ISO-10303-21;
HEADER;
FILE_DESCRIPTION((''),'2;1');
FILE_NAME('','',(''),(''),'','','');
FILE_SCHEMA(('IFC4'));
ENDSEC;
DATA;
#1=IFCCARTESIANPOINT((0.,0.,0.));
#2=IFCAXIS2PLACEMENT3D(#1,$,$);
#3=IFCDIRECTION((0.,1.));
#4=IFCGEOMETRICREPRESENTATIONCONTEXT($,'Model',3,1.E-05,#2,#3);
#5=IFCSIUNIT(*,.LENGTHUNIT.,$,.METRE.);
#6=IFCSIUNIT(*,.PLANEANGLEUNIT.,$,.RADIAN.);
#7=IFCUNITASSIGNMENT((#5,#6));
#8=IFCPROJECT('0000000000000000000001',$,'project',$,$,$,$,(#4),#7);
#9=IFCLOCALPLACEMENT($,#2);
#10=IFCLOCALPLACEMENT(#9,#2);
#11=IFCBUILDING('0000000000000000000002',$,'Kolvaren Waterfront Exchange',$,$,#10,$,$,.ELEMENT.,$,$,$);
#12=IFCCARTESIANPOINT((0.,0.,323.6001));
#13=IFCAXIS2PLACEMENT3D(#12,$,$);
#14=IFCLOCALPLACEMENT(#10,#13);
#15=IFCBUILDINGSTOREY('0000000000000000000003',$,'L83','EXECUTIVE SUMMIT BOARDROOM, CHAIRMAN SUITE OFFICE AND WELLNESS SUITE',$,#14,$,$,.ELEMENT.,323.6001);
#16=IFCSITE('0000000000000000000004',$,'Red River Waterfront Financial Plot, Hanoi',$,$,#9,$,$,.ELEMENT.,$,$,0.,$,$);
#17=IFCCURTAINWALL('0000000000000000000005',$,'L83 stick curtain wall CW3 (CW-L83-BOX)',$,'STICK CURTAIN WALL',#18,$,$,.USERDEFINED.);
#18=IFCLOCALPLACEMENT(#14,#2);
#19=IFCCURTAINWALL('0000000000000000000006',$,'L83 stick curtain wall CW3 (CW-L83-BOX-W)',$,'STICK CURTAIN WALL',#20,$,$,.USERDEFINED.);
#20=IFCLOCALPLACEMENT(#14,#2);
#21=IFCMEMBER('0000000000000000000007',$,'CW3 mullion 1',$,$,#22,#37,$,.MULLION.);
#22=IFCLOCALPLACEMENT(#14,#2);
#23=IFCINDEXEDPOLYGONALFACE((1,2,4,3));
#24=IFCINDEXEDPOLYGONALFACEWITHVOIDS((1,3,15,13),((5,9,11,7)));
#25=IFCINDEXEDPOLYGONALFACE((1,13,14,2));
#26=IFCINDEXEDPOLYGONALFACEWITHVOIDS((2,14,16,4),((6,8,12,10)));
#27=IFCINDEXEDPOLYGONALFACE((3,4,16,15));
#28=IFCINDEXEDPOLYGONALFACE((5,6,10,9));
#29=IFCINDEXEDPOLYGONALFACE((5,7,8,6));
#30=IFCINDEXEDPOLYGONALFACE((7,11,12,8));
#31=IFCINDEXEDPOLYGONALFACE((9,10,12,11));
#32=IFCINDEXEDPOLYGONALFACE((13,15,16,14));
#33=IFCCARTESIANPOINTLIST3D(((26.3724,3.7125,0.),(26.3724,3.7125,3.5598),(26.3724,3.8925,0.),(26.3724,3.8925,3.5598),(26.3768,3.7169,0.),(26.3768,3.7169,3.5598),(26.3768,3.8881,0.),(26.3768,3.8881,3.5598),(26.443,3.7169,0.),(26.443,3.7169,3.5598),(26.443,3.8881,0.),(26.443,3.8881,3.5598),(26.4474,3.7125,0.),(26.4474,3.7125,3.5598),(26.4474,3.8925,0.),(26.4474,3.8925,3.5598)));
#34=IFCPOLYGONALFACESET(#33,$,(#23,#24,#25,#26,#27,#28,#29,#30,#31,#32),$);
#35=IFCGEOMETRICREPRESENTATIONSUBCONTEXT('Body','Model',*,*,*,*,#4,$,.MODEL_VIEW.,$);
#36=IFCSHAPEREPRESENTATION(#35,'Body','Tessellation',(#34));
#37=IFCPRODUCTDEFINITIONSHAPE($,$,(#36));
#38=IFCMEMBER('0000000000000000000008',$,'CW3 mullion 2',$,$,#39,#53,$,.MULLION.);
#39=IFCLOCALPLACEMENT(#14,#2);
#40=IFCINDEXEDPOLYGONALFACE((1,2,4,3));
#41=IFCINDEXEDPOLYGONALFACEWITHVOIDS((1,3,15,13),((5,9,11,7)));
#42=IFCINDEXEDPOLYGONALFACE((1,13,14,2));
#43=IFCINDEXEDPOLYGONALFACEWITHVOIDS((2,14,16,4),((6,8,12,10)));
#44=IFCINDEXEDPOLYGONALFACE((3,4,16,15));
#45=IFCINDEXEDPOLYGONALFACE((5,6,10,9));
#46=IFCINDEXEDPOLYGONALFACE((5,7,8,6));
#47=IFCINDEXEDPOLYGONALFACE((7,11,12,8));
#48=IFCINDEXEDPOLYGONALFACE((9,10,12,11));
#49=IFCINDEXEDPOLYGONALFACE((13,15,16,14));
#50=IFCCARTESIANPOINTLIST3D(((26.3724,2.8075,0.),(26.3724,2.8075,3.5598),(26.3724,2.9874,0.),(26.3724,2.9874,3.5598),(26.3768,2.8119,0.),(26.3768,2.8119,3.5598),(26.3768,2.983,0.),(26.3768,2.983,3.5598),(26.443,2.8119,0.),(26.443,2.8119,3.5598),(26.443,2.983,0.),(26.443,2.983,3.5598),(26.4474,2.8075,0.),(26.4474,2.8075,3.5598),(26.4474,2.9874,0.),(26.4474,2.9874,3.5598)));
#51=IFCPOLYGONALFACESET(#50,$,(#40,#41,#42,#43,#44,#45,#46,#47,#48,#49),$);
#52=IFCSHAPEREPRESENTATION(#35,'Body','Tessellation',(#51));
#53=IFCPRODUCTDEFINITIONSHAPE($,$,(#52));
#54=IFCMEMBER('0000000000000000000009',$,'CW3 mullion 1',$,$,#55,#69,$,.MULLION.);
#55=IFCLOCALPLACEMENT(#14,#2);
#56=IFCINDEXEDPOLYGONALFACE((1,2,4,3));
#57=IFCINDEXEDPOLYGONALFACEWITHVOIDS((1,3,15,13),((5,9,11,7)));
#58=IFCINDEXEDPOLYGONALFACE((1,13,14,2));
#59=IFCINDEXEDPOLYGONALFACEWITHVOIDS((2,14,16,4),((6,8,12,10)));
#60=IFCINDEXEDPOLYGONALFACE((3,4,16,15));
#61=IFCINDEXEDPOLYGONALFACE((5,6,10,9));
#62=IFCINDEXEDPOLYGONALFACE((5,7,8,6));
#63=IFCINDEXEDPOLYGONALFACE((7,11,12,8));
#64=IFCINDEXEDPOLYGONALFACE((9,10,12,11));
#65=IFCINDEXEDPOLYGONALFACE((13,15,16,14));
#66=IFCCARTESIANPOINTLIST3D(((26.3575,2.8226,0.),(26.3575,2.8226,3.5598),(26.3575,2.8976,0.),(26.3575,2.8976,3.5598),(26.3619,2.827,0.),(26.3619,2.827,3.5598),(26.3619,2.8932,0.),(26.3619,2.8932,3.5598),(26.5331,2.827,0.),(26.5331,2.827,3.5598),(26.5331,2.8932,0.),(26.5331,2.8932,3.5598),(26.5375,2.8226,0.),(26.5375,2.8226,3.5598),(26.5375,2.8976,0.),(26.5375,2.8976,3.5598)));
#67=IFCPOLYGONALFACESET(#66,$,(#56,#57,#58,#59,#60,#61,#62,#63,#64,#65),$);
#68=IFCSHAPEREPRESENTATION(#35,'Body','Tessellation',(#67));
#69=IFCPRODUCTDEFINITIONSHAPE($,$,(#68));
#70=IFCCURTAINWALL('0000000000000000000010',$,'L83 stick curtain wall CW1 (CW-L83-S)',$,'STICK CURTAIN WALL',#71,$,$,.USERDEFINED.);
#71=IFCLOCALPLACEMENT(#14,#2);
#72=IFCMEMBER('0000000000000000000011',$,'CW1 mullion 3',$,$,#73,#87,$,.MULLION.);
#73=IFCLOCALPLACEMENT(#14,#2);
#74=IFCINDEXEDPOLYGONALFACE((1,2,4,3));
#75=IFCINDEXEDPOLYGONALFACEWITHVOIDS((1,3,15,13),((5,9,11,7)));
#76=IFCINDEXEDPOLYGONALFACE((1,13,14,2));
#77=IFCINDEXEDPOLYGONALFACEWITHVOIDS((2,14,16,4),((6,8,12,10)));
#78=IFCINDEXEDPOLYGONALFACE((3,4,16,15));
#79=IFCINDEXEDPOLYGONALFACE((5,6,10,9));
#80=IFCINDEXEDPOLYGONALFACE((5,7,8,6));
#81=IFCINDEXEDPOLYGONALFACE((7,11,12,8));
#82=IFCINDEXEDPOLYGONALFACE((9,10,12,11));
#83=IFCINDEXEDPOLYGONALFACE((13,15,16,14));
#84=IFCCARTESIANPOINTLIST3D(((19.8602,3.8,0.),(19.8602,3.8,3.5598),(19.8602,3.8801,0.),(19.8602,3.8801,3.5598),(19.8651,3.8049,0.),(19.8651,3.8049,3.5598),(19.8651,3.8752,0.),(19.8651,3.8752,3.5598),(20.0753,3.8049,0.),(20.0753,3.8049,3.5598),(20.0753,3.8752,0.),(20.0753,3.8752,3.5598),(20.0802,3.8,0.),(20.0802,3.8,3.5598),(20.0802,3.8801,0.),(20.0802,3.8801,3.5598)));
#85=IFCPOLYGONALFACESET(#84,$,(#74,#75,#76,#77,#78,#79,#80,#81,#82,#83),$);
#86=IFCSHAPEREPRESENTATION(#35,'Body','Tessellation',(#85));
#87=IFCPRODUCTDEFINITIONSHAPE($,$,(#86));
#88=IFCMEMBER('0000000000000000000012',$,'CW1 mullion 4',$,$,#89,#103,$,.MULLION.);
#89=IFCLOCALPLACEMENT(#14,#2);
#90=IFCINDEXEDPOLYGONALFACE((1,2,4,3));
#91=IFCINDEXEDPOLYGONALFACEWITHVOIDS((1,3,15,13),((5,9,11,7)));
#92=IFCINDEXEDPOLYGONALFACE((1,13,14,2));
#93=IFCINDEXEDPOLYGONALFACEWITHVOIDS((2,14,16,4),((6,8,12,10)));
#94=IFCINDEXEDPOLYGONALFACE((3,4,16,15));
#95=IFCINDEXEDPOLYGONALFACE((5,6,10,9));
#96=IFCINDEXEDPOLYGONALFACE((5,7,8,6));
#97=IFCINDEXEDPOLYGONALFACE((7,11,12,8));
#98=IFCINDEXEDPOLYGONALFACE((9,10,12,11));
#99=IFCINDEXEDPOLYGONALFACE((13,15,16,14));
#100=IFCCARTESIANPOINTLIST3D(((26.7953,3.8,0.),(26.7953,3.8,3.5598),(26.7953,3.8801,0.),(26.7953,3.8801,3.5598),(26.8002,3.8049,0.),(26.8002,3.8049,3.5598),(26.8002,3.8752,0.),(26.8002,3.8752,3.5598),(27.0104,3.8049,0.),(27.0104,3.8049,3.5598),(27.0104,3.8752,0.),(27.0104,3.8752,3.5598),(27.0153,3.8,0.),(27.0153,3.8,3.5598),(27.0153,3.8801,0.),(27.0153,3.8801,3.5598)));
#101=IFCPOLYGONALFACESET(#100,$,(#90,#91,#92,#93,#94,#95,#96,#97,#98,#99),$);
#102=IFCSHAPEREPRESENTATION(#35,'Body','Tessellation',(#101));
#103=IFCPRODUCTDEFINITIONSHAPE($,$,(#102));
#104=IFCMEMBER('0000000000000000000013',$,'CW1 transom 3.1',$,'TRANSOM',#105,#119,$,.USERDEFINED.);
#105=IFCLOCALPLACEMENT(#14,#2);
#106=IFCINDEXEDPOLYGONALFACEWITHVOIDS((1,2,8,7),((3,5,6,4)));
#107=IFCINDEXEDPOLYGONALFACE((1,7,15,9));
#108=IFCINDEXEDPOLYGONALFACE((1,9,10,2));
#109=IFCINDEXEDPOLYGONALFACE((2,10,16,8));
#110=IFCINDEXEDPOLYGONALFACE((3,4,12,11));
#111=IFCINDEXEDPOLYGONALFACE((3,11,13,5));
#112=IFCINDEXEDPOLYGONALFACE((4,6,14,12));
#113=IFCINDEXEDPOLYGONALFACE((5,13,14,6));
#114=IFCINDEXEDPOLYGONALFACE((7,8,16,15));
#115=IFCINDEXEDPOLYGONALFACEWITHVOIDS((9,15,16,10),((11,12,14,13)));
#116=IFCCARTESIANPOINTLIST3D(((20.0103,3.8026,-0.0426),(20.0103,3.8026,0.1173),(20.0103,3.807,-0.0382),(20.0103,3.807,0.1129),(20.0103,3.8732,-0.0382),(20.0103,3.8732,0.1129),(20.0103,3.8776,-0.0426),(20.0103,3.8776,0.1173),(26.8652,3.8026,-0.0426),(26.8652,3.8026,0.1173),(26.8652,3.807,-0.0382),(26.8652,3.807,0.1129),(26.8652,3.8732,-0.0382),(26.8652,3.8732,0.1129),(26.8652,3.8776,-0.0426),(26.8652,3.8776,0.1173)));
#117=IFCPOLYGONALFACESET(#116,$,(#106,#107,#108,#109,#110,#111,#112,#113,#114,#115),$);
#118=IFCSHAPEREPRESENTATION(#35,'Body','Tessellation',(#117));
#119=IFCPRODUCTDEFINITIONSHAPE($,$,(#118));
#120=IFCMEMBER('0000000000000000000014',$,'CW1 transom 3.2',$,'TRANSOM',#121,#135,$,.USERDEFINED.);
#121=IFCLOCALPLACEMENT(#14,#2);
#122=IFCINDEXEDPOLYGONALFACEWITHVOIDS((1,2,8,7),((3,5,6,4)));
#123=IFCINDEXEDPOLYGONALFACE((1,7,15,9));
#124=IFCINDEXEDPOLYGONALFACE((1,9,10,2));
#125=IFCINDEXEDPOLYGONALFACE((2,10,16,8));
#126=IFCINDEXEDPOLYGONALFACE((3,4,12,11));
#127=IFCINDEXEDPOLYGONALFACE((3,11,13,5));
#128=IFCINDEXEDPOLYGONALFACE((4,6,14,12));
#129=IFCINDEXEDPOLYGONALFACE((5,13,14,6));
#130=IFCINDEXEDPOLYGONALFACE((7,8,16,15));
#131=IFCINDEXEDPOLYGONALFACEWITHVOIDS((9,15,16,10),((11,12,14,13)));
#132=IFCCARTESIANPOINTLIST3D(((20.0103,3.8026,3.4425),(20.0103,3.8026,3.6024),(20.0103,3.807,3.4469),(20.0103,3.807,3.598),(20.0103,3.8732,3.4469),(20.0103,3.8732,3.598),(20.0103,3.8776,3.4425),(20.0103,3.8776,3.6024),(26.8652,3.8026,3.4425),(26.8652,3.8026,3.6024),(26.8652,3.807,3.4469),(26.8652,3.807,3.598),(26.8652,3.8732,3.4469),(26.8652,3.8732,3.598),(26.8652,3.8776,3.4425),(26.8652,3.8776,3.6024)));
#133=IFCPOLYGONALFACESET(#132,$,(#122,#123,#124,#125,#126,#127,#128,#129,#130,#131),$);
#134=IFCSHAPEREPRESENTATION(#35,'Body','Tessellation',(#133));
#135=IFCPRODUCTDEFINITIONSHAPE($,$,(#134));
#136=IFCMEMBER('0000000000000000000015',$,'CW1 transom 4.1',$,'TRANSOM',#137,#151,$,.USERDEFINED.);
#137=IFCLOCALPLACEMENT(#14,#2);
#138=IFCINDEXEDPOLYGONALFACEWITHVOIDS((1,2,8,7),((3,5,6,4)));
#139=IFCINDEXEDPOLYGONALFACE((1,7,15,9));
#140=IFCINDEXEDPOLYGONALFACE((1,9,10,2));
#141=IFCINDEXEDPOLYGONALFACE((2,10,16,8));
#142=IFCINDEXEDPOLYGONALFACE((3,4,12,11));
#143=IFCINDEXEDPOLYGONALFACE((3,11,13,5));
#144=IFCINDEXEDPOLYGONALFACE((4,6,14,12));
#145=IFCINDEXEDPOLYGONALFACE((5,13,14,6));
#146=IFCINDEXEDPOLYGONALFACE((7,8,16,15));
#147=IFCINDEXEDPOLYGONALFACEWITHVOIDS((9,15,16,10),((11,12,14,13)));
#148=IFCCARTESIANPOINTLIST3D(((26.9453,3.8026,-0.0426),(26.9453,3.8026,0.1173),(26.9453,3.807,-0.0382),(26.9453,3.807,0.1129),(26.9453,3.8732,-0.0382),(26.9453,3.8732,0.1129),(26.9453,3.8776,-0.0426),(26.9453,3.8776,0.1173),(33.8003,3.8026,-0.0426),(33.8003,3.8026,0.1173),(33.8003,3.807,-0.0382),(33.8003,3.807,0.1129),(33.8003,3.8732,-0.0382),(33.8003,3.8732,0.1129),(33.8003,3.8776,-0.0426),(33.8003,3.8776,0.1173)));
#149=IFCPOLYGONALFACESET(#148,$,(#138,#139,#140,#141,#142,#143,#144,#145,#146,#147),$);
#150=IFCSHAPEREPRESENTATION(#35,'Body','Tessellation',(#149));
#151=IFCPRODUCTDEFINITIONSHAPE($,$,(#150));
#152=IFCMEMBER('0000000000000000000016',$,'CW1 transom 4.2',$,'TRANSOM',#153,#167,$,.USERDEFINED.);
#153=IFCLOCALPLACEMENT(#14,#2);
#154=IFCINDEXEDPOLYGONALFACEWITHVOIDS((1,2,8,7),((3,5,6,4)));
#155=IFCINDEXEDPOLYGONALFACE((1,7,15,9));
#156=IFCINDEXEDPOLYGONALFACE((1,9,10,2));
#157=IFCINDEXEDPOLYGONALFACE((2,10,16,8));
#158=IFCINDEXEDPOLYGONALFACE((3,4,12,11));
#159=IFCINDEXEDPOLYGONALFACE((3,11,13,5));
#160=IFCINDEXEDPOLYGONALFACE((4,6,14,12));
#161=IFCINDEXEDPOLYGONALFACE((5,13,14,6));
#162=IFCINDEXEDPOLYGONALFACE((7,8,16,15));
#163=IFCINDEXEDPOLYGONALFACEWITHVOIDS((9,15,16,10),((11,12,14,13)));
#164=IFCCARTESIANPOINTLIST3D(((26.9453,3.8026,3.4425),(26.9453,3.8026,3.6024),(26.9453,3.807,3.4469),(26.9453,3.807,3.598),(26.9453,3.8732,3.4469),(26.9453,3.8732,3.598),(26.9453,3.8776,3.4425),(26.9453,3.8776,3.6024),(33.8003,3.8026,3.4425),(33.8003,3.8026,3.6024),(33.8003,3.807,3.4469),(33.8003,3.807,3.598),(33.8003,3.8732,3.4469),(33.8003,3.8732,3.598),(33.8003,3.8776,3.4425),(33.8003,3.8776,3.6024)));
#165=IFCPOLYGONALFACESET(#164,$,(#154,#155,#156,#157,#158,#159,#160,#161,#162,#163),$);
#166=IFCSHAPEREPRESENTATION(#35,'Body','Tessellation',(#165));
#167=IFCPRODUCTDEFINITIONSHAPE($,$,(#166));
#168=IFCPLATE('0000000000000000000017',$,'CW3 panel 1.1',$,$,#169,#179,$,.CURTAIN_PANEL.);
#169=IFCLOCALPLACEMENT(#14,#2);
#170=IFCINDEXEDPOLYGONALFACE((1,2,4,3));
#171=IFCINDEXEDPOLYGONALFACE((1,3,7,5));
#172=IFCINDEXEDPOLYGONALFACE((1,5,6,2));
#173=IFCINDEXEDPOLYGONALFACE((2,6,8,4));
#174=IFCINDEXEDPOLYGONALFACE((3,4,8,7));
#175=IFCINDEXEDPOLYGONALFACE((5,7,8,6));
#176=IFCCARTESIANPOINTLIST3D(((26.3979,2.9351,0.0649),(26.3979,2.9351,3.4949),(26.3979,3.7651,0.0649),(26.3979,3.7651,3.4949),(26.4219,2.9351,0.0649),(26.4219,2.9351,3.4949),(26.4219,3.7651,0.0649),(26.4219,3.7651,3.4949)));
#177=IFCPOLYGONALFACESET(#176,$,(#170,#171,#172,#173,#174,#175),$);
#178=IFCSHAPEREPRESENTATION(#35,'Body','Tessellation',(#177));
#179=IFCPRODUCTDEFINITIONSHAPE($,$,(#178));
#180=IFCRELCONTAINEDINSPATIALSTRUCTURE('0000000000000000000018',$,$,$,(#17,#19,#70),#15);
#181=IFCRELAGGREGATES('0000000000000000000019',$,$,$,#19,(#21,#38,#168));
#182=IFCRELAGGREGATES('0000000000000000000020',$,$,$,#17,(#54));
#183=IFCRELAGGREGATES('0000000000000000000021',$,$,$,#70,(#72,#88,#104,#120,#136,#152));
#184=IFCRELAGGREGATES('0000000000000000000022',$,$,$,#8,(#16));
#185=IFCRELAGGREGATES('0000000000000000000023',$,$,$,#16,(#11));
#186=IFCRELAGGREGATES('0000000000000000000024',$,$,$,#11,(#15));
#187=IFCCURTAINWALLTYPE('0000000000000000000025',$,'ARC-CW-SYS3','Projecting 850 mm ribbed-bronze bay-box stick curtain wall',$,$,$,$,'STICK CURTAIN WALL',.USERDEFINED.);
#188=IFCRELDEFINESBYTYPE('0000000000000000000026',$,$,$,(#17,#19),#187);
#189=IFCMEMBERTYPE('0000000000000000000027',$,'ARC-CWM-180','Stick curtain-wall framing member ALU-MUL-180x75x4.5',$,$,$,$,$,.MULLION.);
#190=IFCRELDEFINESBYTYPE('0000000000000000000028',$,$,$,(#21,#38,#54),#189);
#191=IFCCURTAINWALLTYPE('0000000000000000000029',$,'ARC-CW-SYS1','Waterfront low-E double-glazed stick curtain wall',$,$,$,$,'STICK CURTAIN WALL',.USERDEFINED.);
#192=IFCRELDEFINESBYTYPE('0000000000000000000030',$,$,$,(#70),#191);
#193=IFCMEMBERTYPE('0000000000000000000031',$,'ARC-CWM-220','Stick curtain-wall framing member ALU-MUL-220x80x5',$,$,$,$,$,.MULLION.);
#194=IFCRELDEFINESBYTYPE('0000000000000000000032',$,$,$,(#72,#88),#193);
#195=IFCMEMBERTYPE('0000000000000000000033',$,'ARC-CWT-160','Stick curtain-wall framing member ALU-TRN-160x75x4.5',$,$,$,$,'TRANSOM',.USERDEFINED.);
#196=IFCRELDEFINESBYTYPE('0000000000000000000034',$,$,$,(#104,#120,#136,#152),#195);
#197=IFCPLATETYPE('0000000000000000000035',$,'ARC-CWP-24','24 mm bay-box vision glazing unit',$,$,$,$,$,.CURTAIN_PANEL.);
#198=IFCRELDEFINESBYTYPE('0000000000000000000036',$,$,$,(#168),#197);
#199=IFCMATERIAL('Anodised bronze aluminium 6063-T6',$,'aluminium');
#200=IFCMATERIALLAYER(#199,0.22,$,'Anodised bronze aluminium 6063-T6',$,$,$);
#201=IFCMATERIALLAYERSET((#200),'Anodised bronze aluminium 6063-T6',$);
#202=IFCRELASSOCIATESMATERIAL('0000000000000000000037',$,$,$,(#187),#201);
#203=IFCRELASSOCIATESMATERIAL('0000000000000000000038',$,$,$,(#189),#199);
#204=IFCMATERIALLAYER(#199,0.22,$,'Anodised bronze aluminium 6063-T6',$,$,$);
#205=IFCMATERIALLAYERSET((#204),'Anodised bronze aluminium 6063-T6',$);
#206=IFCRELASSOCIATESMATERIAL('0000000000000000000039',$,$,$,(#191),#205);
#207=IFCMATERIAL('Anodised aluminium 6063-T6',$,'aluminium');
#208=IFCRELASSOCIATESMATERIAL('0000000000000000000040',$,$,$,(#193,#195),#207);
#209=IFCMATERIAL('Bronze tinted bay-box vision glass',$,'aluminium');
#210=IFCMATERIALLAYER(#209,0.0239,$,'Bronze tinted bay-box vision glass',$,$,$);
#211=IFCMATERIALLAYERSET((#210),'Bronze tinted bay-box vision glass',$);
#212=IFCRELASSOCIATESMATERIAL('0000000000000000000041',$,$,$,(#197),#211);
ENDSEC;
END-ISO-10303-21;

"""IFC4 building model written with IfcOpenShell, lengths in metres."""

from ifc_helpers import new_model, si_unit, direction, frame, origin, origin_with_axes, origin_2d, place, context, subcontext, project, spatial, rectangle, hollow_rectangle, extrude, source, transform, mapped, material, layer, layer_set, material_profile, profile_set, type_object, element, aggregate, save


model = new_model("IFC4")

# Units and contexts
model_context = context("Model", 3, precision=1e-05, world=origin(), true_north=direction((0.0, 1.0)))
body_context = subcontext(model_context, "Body", "Model", "MODEL_VIEW")
ifc_project = project(units=[si_unit("LENGTHUNIT", "METRE"), si_unit("PLANEANGLEUNIT", "RADIAN")], contexts=[model_context])

# Site, building, storey
site_placement = place(None, origin())
site = spatial("IfcSite", under=ifc_project, at=site_placement, Name="Red River Waterfront Financial Plot, Hanoi", CompositionType="ELEMENT", RefElevation=0.0)
building_placement = place(site_placement, origin())
building = spatial("IfcBuilding", under=site, at=building_placement, Name="Kolvaren Waterfront Exchange", CompositionType="ELEMENT")
storey_placement = place(building_placement, frame((0.0, 0.0, 323.6001)))
storey = spatial("IfcBuildingStorey", under=building, at=storey_placement, Name="L83", Description="EXECUTIVE SUMMIT BOARDROOM, CHAIRMAN SUITE OFFICE AND WELLNESS SUITE", CompositionType="ELEMENT", Elevation=323.6001)

# Curtain walls, members
ifc_material_1 = material(Name="Anodised bronze aluminium 6063-T6", Category="aluminium")
ifc_layer_1 = layer(ifc_material_1, 0.22, Name="Anodised bronze aluminium 6063-T6")
ifc_layer_set_1 = layer_set([ifc_layer_1], Name="Anodised bronze aluminium 6063-T6")
curtain_wall_type_1 = type_object("IfcCurtainWallType", Name="ARC-CW-SYS3", Description="Projecting 850 mm ribbed-bronze bay-box stick curtain wall", ElementType="STICK CURTAIN WALL", PredefinedType="USERDEFINED", material=ifc_layer_set_1)
curtain_wall_1_placement = place(storey_placement, origin())
curtain_wall_1 = element("IfcCurtainWall", 1, at=curtain_wall_1_placement, inside=storey, type_object=curtain_wall_type_1, Name="L83 stick curtain wall CW3 (CW-L83-BOX)", ObjectType="STICK CURTAIN WALL", PredefinedType="USERDEFINED")
curtain_wall_2_placement = place(storey_placement, origin())
curtain_wall_2 = element("IfcCurtainWall", 2, at=curtain_wall_2_placement, inside=storey, type_object=curtain_wall_type_1, Name="L83 stick curtain wall CW3 (CW-L83-BOX-W)", ObjectType="STICK CURTAIN WALL", PredefinedType="USERDEFINED")
ifc_material_profile_1 = material_profile(ifc_material_1, hollow_rectangle(XDim=0.075, YDim=0.1799, WallThickness=0.0044, at=origin_2d()), Name="ALU-MUL-180x75x4.5")
ifc_profile_set_1 = profile_set([ifc_material_profile_1], Name="Anodised bronze aluminium 6063-T6")
member_type_1 = type_object("IfcMemberType", Name="ARC-CWM-180", Description="Stick curtain-wall framing member ALU-MUL-180x75x4.5", PredefinedType="MULLION", material=ifc_profile_set_1)
shared_shape_1 = source(origin_with_axes(), body_context, "Body", "SweptSolid", [
    extrude(hollow_rectangle(XDim=0.075, YDim=0.1799, WallThickness=0.0044, at=origin_2d()), origin(), (0.0, 0.0, 1.0), 3.5598),
])
member_1_placement = place(storey_placement, frame((26.4099, 3.8025, 0.0), z_axis=(0.0, 0.0, 1.0), x_axis=(1.0, 0.0, 0.0)))
member_1 = element("IfcMember", 3, at=member_1_placement, type_object=member_type_1, Name="CW3 mullion 1", PredefinedType="MULLION", context=body_context, shape_type="MappedRepresentation", body=[
    mapped(shared_shape_1, transform((0.0, 0.0, 0.0), x_axis=(1.0, 0.0, 0.0), y_axis=(0.0, 1.0, 0.0), z_axis=(0.0, 0.0, 1.0), scale=1.0)),
])
member_2_placement = place(storey_placement, frame((26.4099, 2.8975, 0.0), z_axis=(0.0, 0.0, 1.0), x_axis=(1.0, 0.0, 0.0)))
member_2 = element("IfcMember", 4, at=member_2_placement, type_object=member_type_1, Name="CW3 mullion 2", PredefinedType="MULLION", context=body_context, shape_type="MappedRepresentation", body=[
    mapped(shared_shape_1, transform((0.0, 0.0, 0.0), x_axis=(1.0, 0.0, 0.0), y_axis=(0.0, 1.0, 0.0), z_axis=(0.0, 0.0, 1.0), scale=1.0)),
])

# Member
member_3_placement = place(storey_placement, frame((26.4475, 2.8601, 0.0), z_axis=(0.0, 0.0, 1.0), x_axis=(0.0, 1.0, 0.0)))
member_3 = element("IfcMember", 5, at=member_3_placement, type_object=member_type_1, Name="CW3 mullion 1", PredefinedType="MULLION", context=body_context, shape_type="MappedRepresentation", body=[
    mapped(shared_shape_1, transform((0.0, 0.0, 0.0), x_axis=(1.0, 0.0, 0.0), y_axis=(0.0, 1.0, 0.0), z_axis=(0.0, 0.0, 1.0), scale=1.0)),
])

# Curtain wall, members
ifc_layer_2 = layer(ifc_material_1, 0.22, Name="Anodised bronze aluminium 6063-T6")
ifc_layer_set_2 = layer_set([ifc_layer_2], Name="Anodised bronze aluminium 6063-T6")
curtain_wall_type_2 = type_object("IfcCurtainWallType", Name="ARC-CW-SYS1", Description="Waterfront low-E double-glazed stick curtain wall", ElementType="STICK CURTAIN WALL", PredefinedType="USERDEFINED", material=ifc_layer_set_2)
curtain_wall_3_placement = place(storey_placement, origin())
curtain_wall_3 = element("IfcCurtainWall", 6, at=curtain_wall_3_placement, inside=storey, type_object=curtain_wall_type_2, Name="L83 stick curtain wall CW1 (CW-L83-S)", ObjectType="STICK CURTAIN WALL", PredefinedType="USERDEFINED")
ifc_material_2 = material(Name="Anodised aluminium 6063-T6", Category="aluminium")
ifc_material_profile_2 = material_profile(ifc_material_2, hollow_rectangle(XDim=0.0801, YDim=0.22, WallThickness=0.0049, at=origin_2d()), Name="ALU-MUL-220x80x5")
ifc_profile_set_2 = profile_set([ifc_material_profile_2], Name="Anodised aluminium 6063-T6")
member_type_2 = type_object("IfcMemberType", Name="ARC-CWM-220", Description="Stick curtain-wall framing member ALU-MUL-220x80x5", PredefinedType="MULLION", material=ifc_profile_set_2)
shared_shape_2 = source(origin_with_axes(), body_context, "Body", "SweptSolid", [
    extrude(hollow_rectangle(XDim=0.0801, YDim=0.22, WallThickness=0.0049, at=origin_2d()), origin(), (0.0, 0.0, 1.0), 3.5598),
])
member_4_placement = place(storey_placement, frame((19.9702, 3.8401, 0.0), z_axis=(0.0, 0.0, 1.0), x_axis=(0.0, 1.0, 0.0)))
member_4 = element("IfcMember", 7, at=member_4_placement, type_object=member_type_2, Name="CW1 mullion 3", PredefinedType="MULLION", context=body_context, shape_type="MappedRepresentation", body=[
    mapped(shared_shape_2, transform((0.0, 0.0, 0.0), x_axis=(1.0, 0.0, 0.0), y_axis=(0.0, 1.0, 0.0), z_axis=(0.0, 0.0, 1.0), scale=1.0)),
])
member_5_placement = place(storey_placement, frame((26.9053, 3.8401, 0.0), z_axis=(0.0, 0.0, 1.0), x_axis=(0.0, 1.0, 0.0)))
member_5 = element("IfcMember", 8, at=member_5_placement, type_object=member_type_2, Name="CW1 mullion 4", PredefinedType="MULLION", context=body_context, shape_type="MappedRepresentation", body=[
    mapped(shared_shape_2, transform((0.0, 0.0, 0.0), x_axis=(1.0, 0.0, 0.0), y_axis=(0.0, 1.0, 0.0), z_axis=(0.0, 0.0, 1.0), scale=1.0)),
])
ifc_material_profile_3 = material_profile(ifc_material_2, hollow_rectangle(XDim=0.075, YDim=0.1599, WallThickness=0.0044, at=origin_2d()), Name="ALU-TRN-160x75x4.5")
ifc_profile_set_3 = profile_set([ifc_material_profile_3], Name="Anodised aluminium 6063-T6")
member_type_3 = type_object("IfcMemberType", Name="ARC-CWT-160", Description="Stick curtain-wall framing member ALU-TRN-160x75x4.5", ElementType="TRANSOM", PredefinedType="USERDEFINED", material=ifc_profile_set_3)
shared_shape_3 = source(origin_with_axes(), body_context, "Body", "SweptSolid", [
    extrude(hollow_rectangle(XDim=0.075, YDim=0.1599, WallThickness=0.0044, at=origin_2d()), origin(), (0.0, 0.0, 1.0), 6.855),
])
member_6_placement = place(storey_placement, frame((20.0103, 3.8401, 0.0374), z_axis=(1.0, 0.0, 0.0), x_axis=(0.0, 1.0, 0.0)))
member_6 = element("IfcMember", 9, at=member_6_placement, type_object=member_type_3, Name="CW1 transom 3.1", ObjectType="TRANSOM", PredefinedType="USERDEFINED", context=body_context, shape_type="MappedRepresentation", body=[
    mapped(shared_shape_3, transform((0.0, 0.0, 0.0), x_axis=(1.0, 0.0, 0.0), y_axis=(0.0, 1.0, 0.0), z_axis=(0.0, 0.0, 1.0), scale=1.0)),
])
member_7_placement = place(storey_placement, frame((20.0103, 3.8401, 3.5225), z_axis=(1.0, 0.0, 0.0), x_axis=(0.0, 1.0, 0.0)))
member_7 = element("IfcMember", 10, at=member_7_placement, type_object=member_type_3, Name="CW1 transom 3.2", ObjectType="TRANSOM", PredefinedType="USERDEFINED", context=body_context, shape_type="MappedRepresentation", body=[
    mapped(shared_shape_3, transform((0.0, 0.0, 0.0), x_axis=(1.0, 0.0, 0.0), y_axis=(0.0, 1.0, 0.0), z_axis=(0.0, 0.0, 1.0), scale=1.0)),
])
member_8_placement = place(storey_placement, frame((26.9453, 3.8401, 0.0374), z_axis=(1.0, 0.0, 0.0), x_axis=(0.0, 1.0, 0.0)))
member_8 = element("IfcMember", 11, at=member_8_placement, type_object=member_type_3, Name="CW1 transom 4.1", ObjectType="TRANSOM", PredefinedType="USERDEFINED", context=body_context, shape_type="MappedRepresentation", body=[
    mapped(shared_shape_3, transform((0.0, 0.0, 0.0), x_axis=(1.0, 0.0, 0.0), y_axis=(0.0, 1.0, 0.0), z_axis=(0.0, 0.0, 1.0), scale=1.0)),
])
member_9_placement = place(storey_placement, frame((26.9453, 3.8401, 3.5225), z_axis=(1.0, 0.0, 0.0), x_axis=(0.0, 1.0, 0.0)))
member_9 = element("IfcMember", 12, at=member_9_placement, type_object=member_type_3, Name="CW1 transom 4.2", ObjectType="TRANSOM", PredefinedType="USERDEFINED", context=body_context, shape_type="MappedRepresentation", body=[
    mapped(shared_shape_3, transform((0.0, 0.0, 0.0), x_axis=(1.0, 0.0, 0.0), y_axis=(0.0, 1.0, 0.0), z_axis=(0.0, 0.0, 1.0), scale=1.0)),
])

# Plate
ifc_material_3 = material(Name="Bronze tinted bay-box vision glass", Category="aluminium")
ifc_layer_3 = layer(ifc_material_3, 0.0239, Name="Bronze tinted bay-box vision glass")
ifc_layer_set_3 = layer_set([ifc_layer_3], Name="Bronze tinted bay-box vision glass")
plate_type_1 = type_object("IfcPlateType", Name="ARC-CWP-24", Description="24 mm bay-box vision glazing unit", PredefinedType="CURTAIN_PANEL", material=ifc_layer_set_3)
shared_shape_4 = source(origin_with_axes(), body_context, "Body", "SweptSolid", [
    extrude(rectangle(XDim=0.8301, YDim=0.0239, at=origin_2d()), origin(), (0.0, 0.0, 1.0), 3.4299),
])
plate_1_placement = place(storey_placement, frame((26.4099, 3.3501, 0.0649), z_axis=(0.0, 0.0, 1.0), x_axis=(0.0, -1.0, 0.0)))
plate_1 = element("IfcPlate", 13, at=plate_1_placement, type_object=plate_type_1, Name="CW3 panel 1.1", PredefinedType="CURTAIN_PANEL", context=body_context, shape_type="MappedRepresentation", body=[
    mapped(shared_shape_4, transform((0.0, 0.0, 0.0), x_axis=(1.0, 0.0, 0.0), y_axis=(0.0, 1.0, 0.0), z_axis=(0.0, 0.0, 1.0), scale=1.0)),
])
aggregate(curtain_wall_2, [member_1, member_2, plate_1])
aggregate(curtain_wall_1, [member_3])
aggregate(curtain_wall_3, [member_4, member_5, member_6, member_7, member_8, member_9])

save(model, "model.ifc")
